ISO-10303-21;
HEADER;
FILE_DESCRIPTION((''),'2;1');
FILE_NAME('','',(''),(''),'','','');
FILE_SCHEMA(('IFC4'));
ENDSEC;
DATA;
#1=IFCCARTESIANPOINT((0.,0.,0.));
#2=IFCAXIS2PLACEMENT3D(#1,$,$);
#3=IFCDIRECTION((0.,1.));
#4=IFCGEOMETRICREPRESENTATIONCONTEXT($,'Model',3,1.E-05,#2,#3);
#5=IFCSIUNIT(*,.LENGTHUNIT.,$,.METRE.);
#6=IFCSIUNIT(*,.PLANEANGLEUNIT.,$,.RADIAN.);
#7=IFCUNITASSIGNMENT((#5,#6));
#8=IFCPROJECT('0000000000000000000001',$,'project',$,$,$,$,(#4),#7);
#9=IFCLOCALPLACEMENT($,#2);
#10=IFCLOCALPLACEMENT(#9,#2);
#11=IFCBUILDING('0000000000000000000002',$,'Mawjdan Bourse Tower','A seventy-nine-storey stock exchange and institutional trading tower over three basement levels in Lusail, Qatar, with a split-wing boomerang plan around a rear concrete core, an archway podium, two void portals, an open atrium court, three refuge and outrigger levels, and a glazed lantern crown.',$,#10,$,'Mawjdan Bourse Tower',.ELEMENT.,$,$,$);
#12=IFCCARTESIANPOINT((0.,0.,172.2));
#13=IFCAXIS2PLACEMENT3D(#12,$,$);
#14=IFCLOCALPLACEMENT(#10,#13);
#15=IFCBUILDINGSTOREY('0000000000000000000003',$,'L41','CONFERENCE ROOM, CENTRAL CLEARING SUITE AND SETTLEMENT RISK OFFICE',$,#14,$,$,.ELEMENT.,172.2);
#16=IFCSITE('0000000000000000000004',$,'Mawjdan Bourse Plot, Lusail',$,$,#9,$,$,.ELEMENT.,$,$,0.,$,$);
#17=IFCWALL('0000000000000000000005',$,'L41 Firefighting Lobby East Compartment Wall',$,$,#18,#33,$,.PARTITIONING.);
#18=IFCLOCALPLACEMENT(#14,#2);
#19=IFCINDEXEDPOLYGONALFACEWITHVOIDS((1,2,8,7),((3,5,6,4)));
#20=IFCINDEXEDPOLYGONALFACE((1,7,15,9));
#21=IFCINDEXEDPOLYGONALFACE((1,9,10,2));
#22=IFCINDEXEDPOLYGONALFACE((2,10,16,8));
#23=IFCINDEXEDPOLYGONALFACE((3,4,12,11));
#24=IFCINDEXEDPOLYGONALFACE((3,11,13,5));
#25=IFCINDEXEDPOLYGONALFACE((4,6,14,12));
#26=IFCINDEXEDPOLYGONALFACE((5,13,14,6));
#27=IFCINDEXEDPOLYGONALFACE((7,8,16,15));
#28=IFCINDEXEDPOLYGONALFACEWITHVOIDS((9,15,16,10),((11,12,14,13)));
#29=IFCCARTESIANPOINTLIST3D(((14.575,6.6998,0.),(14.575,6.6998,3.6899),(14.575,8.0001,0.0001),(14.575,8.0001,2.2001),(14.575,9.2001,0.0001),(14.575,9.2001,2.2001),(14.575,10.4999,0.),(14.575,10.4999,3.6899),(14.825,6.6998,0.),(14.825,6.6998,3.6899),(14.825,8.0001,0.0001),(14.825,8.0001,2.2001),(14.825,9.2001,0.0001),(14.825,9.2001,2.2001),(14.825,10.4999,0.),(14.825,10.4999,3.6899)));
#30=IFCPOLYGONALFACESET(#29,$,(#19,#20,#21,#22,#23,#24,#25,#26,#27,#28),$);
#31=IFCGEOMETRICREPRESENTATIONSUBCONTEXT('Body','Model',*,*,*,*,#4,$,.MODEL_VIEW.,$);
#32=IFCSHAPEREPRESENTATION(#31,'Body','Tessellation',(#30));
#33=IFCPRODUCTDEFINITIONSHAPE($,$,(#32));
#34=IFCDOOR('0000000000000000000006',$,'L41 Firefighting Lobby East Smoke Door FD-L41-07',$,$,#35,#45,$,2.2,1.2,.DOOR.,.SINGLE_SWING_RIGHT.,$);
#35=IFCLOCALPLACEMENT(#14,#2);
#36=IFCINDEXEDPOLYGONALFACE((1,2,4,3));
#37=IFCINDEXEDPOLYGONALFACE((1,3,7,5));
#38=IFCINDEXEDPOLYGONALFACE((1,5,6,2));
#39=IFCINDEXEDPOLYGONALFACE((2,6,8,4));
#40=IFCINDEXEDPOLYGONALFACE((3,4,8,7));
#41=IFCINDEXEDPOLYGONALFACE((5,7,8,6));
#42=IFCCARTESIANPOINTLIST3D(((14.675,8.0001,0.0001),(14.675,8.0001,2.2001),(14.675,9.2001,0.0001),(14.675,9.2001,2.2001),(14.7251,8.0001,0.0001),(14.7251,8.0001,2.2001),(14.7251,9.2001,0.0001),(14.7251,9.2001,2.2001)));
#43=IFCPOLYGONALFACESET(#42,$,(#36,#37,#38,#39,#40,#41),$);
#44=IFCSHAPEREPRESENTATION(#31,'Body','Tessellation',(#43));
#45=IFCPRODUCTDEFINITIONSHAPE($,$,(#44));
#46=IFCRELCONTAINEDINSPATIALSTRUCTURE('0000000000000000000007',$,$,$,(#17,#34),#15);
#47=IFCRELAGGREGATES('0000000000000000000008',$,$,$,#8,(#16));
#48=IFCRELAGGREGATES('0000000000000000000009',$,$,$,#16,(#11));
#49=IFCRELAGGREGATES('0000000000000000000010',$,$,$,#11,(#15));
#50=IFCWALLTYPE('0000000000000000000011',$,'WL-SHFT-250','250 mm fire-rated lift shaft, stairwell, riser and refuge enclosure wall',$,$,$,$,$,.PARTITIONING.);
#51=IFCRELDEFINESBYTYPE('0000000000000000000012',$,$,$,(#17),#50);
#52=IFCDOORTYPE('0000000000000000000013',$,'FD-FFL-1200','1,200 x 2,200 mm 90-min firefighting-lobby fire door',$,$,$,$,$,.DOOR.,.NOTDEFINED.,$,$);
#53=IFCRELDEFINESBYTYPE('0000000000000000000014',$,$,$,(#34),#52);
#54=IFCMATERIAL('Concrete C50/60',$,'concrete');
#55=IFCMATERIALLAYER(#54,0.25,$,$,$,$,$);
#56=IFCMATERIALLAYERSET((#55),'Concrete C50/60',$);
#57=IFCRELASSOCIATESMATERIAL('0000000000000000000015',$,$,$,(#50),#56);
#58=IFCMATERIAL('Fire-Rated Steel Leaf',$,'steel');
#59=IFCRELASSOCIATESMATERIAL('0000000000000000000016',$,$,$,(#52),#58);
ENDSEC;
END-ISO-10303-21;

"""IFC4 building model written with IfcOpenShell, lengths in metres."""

from ifc_helpers import new_model, si_unit, direction, frame, frame_2d, origin, place, context, subcontext, project, spatial, rectangle, extrude, material, layer, layer_set, type_object, element, fill, save


model = new_model("IFC4")

# Units and contexts
model_context = context("Model", 3, precision=1e-05, world=origin(), true_north=direction((0.0, 1.0)))
body_context = subcontext(model_context, "Body", "Model", "MODEL_VIEW")
ifc_project = project(units=[si_unit("LENGTHUNIT", "METRE"), si_unit("PLANEANGLEUNIT", "RADIAN")], contexts=[model_context])

# Site, building, storey
site_placement = place(None, origin())
site = spatial("IfcSite", under=ifc_project, at=site_placement, Name="Mawjdan Bourse Plot, Lusail", CompositionType="ELEMENT", RefElevation=0.0)
building_placement = place(site_placement, origin())
building = spatial("IfcBuilding", under=site, at=building_placement, Name="Mawjdan Bourse Tower", Description="A seventy-nine-storey stock exchange and institutional trading tower over three basement levels in Lusail, Qatar, with a split-wing boomerang plan around a rear concrete core, an archway podium, two void portals, an open atrium court, three refuge and outrigger levels, and a glazed lantern crown.", LongName="Mawjdan Bourse Tower", CompositionType="ELEMENT")
storey_placement = place(building_placement, frame((0.0, 0.0, 172.2)))
storey = spatial("IfcBuildingStorey", under=building, at=storey_placement, Name="L41", Description="CONFERENCE ROOM, CENTRAL CLEARING SUITE AND SETTLEMENT RISK OFFICE", CompositionType="ELEMENT", Elevation=172.2)

# Shared definitions
ifc_material_1 = material(Name="Concrete C50/60", Category="concrete")
ifc_layer_1 = layer(ifc_material_1, 0.25)
ifc_layer_set_1 = layer_set([ifc_layer_1], Name="Concrete C50/60")
wall_type_1 = type_object("IfcWallType", Name="WL-SHFT-250", Description="250 mm fire-rated lift shaft, stairwell, riser and refuge enclosure wall", PredefinedType="PARTITIONING", material=ifc_layer_set_1)

# Wall, opening, door
wall_1_placement = place(storey_placement, frame((14.7, 6.7, 0.0), z_axis=(0.0, 0.0, 1.0), x_axis=(0.0, 1.0, 0.0)))
wall_1 = element("IfcWall", 1, at=wall_1_placement, inside=storey, type_object=wall_type_1, Name="L41 Firefighting Lobby East Compartment Wall", PredefinedType="PARTITIONING", context=body_context, shape_type="SweptSolid", body=[
    extrude(rectangle(XDim=3.8, YDim=0.25, at=frame_2d((1.8999, 0.0))), origin(), (0.0, 0.0, 1.0), 3.6899),
])
opening_1_placement = place(wall_1_placement, frame((1.3, 0.0, 0.0)))
opening_1 = element("IfcOpeningElement", 2, at=opening_1_placement, cuts=wall_1, PredefinedType="OPENING", context=body_context, shape_type="SweptSolid", body=[
    extrude(rectangle(XDim=1.2, YDim=2.2, at=frame_2d((0.6001, 1.1001))), frame((0.0, 0.135, 0.0), z_axis=(0.0, -1.0, 0.0), x_axis=(1.0, 0.0, 0.0)), (0.0, 0.0, 1.0), 0.27),
])
ifc_material_2 = material(Name="Fire-Rated Steel Leaf", Category="steel")
door_type_1 = type_object("IfcDoorType", Name="FD-FFL-1200", Description="1,200 x 2,200 mm 90-min firefighting-lobby fire door", OperationType="NOTDEFINED", PredefinedType="DOOR", material=ifc_material_2)
door_1_placement = place(opening_1_placement, origin())
door_1 = element("IfcDoor", 3, at=door_1_placement, inside=storey, type_object=door_type_1, Name="L41 Firefighting Lobby East Smoke Door FD-L41-07", OperationType="SINGLE_SWING_RIGHT", OverallHeight=2.2, OverallWidth=1.2, PredefinedType="DOOR", context=body_context, shape_type="SweptSolid", body=[
    extrude(rectangle(XDim=1.2, YDim=2.2, at=frame_2d((0.6001, 1.1001))), frame((0.0, 0.0249, 0.0), z_axis=(0.0, -1.0, 0.0), x_axis=(1.0, 0.0, 0.0)), (0.0, 0.0, 1.0), 0.05),
])
fill(opening_1, door_1)

save(model, "model.ifc")
